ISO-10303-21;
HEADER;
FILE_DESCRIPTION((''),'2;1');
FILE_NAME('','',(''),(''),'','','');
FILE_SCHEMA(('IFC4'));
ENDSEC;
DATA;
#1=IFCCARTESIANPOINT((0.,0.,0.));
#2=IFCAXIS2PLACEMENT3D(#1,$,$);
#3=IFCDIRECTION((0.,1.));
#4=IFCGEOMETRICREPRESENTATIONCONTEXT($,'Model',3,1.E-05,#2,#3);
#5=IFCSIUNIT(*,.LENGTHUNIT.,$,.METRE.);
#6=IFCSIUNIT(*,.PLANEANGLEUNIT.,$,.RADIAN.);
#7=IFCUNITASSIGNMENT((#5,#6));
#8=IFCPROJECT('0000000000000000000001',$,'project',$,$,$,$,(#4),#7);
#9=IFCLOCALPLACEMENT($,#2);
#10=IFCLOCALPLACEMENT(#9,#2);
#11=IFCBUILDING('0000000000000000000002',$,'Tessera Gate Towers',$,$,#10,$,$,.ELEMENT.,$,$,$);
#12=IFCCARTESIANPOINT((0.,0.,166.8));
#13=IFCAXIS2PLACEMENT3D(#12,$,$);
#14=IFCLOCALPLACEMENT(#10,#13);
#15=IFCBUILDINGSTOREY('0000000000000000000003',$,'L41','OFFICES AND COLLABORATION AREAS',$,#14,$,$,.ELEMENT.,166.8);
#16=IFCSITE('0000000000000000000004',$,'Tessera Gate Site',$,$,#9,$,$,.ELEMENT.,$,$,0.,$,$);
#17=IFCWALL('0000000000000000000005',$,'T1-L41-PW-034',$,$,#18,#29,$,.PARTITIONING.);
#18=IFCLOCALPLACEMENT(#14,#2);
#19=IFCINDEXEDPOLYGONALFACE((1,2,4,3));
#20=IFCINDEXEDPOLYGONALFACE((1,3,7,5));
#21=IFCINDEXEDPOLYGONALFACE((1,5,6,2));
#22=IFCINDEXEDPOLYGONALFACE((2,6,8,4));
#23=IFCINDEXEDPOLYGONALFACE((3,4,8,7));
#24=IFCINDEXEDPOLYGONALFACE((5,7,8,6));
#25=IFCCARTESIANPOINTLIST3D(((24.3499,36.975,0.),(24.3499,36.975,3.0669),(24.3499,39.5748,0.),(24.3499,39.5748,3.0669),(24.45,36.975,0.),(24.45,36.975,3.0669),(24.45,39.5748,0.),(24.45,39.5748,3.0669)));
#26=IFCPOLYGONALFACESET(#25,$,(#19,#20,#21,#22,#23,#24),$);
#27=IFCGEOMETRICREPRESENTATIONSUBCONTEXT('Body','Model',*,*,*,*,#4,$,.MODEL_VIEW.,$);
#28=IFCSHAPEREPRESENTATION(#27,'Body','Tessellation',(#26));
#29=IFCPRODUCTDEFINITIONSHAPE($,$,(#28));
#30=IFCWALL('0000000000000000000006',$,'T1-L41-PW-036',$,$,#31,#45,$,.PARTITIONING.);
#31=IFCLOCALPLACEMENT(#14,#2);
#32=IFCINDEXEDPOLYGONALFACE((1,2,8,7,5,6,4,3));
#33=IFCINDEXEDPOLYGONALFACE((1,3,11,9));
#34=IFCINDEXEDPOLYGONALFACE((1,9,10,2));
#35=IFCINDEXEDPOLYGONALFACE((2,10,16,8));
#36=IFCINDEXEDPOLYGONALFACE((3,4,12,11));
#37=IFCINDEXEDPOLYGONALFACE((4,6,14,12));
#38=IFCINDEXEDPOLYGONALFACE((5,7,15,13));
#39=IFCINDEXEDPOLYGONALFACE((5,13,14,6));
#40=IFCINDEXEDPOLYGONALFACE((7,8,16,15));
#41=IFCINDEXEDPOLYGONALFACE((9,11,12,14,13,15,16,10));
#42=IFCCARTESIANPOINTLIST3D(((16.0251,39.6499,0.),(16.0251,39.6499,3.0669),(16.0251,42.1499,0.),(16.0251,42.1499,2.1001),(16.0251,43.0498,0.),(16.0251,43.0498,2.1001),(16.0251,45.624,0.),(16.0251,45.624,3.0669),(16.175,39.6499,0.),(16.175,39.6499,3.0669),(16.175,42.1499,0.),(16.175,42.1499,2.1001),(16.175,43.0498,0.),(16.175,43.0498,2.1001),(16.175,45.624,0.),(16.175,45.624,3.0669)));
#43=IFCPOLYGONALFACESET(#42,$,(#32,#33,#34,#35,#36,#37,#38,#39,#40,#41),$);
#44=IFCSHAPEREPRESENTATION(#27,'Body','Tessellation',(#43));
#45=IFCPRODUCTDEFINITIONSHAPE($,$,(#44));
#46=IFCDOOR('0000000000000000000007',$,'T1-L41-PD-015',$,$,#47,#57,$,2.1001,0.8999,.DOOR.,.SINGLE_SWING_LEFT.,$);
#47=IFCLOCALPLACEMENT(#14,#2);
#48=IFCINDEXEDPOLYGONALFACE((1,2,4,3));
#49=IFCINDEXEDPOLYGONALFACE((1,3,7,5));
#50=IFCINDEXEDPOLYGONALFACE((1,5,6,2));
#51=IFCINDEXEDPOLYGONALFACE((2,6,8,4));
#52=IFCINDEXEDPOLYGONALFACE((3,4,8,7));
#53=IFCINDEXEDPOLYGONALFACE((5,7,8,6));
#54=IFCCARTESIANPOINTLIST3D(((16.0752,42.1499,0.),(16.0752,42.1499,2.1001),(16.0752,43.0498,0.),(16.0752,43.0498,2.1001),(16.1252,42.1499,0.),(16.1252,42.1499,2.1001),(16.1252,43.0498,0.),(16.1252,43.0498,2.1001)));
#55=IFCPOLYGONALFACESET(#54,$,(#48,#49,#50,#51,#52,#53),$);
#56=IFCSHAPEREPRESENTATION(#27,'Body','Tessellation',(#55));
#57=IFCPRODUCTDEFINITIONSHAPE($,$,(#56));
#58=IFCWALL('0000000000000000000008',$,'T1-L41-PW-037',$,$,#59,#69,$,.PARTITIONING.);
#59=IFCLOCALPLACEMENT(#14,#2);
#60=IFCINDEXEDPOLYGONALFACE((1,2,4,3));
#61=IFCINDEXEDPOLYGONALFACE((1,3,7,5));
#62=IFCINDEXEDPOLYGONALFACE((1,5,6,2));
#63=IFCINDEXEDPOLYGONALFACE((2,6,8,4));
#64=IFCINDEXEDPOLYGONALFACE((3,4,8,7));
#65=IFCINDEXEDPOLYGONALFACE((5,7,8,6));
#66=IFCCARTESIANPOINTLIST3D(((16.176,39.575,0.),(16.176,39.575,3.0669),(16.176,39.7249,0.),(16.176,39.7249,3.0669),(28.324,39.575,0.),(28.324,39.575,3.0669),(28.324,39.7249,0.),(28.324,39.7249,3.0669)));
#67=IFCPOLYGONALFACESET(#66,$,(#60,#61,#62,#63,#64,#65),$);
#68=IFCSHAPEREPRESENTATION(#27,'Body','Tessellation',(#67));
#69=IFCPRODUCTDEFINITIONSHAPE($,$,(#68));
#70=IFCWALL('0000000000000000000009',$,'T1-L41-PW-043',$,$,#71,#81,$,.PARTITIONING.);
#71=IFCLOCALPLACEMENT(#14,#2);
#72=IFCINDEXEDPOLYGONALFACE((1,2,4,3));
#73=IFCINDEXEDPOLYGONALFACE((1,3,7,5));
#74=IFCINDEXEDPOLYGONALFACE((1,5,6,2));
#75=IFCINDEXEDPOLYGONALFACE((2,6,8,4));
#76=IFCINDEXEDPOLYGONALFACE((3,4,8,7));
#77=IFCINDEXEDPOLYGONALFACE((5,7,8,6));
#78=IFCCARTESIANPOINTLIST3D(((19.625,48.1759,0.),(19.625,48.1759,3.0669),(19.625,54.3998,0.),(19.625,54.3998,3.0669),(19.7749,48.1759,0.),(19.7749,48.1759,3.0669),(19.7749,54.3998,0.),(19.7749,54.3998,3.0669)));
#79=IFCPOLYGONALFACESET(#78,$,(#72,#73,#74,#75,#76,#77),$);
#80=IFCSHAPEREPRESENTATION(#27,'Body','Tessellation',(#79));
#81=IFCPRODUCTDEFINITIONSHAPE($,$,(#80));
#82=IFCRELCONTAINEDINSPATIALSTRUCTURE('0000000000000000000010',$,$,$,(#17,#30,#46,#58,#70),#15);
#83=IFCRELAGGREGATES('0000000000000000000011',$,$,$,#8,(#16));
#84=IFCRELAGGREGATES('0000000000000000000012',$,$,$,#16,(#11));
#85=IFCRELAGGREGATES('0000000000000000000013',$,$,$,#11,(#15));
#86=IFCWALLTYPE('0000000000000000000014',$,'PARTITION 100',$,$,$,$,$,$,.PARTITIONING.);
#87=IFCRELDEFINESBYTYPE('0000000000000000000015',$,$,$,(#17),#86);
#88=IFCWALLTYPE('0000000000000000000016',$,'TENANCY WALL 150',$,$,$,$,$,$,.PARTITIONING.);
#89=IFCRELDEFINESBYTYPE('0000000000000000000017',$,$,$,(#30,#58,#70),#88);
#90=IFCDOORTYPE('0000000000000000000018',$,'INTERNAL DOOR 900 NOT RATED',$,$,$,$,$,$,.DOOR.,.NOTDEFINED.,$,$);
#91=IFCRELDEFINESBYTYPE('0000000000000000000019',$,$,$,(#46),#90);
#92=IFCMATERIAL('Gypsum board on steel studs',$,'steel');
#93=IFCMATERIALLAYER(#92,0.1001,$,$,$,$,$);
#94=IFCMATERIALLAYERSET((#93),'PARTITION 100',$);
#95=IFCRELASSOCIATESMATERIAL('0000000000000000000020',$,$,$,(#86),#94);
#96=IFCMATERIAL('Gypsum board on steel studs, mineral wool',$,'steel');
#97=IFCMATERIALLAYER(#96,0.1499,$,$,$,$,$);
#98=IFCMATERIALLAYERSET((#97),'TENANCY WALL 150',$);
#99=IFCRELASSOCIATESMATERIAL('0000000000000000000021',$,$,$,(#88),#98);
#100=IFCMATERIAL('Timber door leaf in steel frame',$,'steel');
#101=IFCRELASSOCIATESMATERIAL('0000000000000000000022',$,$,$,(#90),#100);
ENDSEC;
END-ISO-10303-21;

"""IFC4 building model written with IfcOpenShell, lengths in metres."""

from ifc_helpers import new_model, si_unit, direction, frame, frame_2d, origin, place, context, subcontext, project, spatial, rectangle, extrude, source, transform, mapped, material, layer, layer_set, type_object, element, fill, save


model = new_model("IFC4")

# Units and contexts
model_context = context("Model", 3, precision=1e-05, world=origin(), true_north=direction((0.0, 1.0)))
body_context = subcontext(model_context, "Body", "Model", "MODEL_VIEW")
ifc_project = project(units=[si_unit("LENGTHUNIT", "METRE"), si_unit("PLANEANGLEUNIT", "RADIAN")], contexts=[model_context])

# Site, building, storey
site_placement = place(None, origin())
site = spatial("IfcSite", under=ifc_project, at=site_placement, Name="Tessera Gate Site", CompositionType="ELEMENT", RefElevation=0.0)
building_placement = place(site_placement, origin())
building = spatial("IfcBuilding", under=site, at=building_placement, Name="Tessera Gate Towers", CompositionType="ELEMENT")
storey_placement = place(building_placement, frame((0.0, 0.0, 166.8)))
storey = spatial("IfcBuildingStorey", under=building, at=storey_placement, Name="L41", Description="OFFICES AND COLLABORATION AREAS", CompositionType="ELEMENT", Elevation=166.8)

# Shared definitions
shared_shape_1 = source(origin(), body_context, "Body", "SweptSolid", [
    extrude(rectangle(XDim=0.8999, YDim=2.1001, at=frame_2d((0.45, 1.05))), frame((0.0, 0.085, 0.0), z_axis=(0.0, -1.0, 0.0), x_axis=(1.0, 0.0, 0.0)), (0.0, 0.0, 1.0), 0.1699),
])
shared_shape_2 = source(origin(), body_context, "Body", "SweptSolid", [
    extrude(rectangle(XDim=0.8999, YDim=2.1001, at=frame_2d((0.45, 1.05))), frame((0.0, 0.0249, 0.0), z_axis=(0.0, -1.0, 0.0), x_axis=(1.0, 0.0, 0.0)), (0.0, 0.0, 1.0), 0.05),
])

# Wall
ifc_material_1 = material(Name="Gypsum board on steel studs", Category="steel")
ifc_layer_1 = layer(ifc_material_1, 0.1001)
ifc_layer_set_1 = layer_set([ifc_layer_1], Name="PARTITION 100")
wall_type_1 = type_object("IfcWallType", Name="PARTITION 100", PredefinedType="PARTITIONING", material=ifc_layer_set_1)
wall_1_placement = place(storey_placement, frame((24.3999, 36.9751, 0.0), z_axis=(0.0, 0.0, 1.0), x_axis=(0.0, 1.0, 0.0)))
element("IfcWall", 1, at=wall_1_placement, inside=storey, type_object=wall_type_1, Name="T1-L41-PW-034", PredefinedType="PARTITIONING", context=body_context, shape_type="SweptSolid", body=[
    extrude(rectangle(XDim=2.5999, YDim=0.1001, at=frame_2d((1.2998, 0.0))), origin(), (0.0, 0.0, 1.0), 3.0669),
])

# Wall, opening, door
ifc_material_2 = material(Name="Gypsum board on steel studs, mineral wool", Category="steel")
ifc_layer_2 = layer(ifc_material_2, 0.1499)
ifc_layer_set_2 = layer_set([ifc_layer_2], Name="TENANCY WALL 150")
wall_type_2 = type_object("IfcWallType", Name="TENANCY WALL 150", PredefinedType="PARTITIONING", material=ifc_layer_set_2)
wall_2_placement = place(storey_placement, frame((16.1001, 39.6499, 0.0), z_axis=(0.0, 0.0, 1.0), x_axis=(0.0, 1.0, 0.0)))
wall_2 = element("IfcWall", 2, at=wall_2_placement, inside=storey, type_object=wall_type_2, Name="T1-L41-PW-036", PredefinedType="PARTITIONING", context=body_context, shape_type="SweptSolid", body=[
    extrude(rectangle(XDim=5.9741, YDim=0.1499, at=frame_2d((2.9871, 0.0))), origin(), (0.0, 0.0, 1.0), 3.0669),
])
opening_1_placement = place(wall_2_placement, frame((2.5, 0.0, 0.0)))
opening_1 = element("IfcOpeningElement", 3, at=opening_1_placement, cuts=wall_2, PredefinedType="OPENING", context=body_context, shape_type="MappedRepresentation", body=[
    mapped(shared_shape_1, transform((0.0, 0.0, 0.0), scale=1.0)),
])
ifc_material_3 = material(Name="Timber door leaf in steel frame", Category="steel")
door_type_1 = type_object("IfcDoorType", Name="INTERNAL DOOR 900 NOT RATED", OperationType="NOTDEFINED", PredefinedType="DOOR", material=ifc_material_3)
door_1_placement = place(opening_1_placement, origin())
door_1 = element("IfcDoor", 4, at=door_1_placement, inside=storey, type_object=door_type_1, Name="T1-L41-PD-015", OperationType="SINGLE_SWING_LEFT", OverallHeight=2.1001, OverallWidth=0.8999, PredefinedType="DOOR", context=body_context, shape_type="MappedRepresentation", body=[
    mapped(shared_shape_2, transform((0.0, 0.0, 0.0), scale=1.0)),
])
fill(opening_1, door_1)

# Walls
wall_3_placement = place(storey_placement, frame((16.176, 39.6499, 0.0), z_axis=(0.0, 0.0, 1.0), x_axis=(1.0, 0.0, 0.0)))
element("IfcWall", 5, at=wall_3_placement, inside=storey, type_object=wall_type_2, Name="T1-L41-PW-037", PredefinedType="PARTITIONING", context=body_context, shape_type="SweptSolid", body=[
    extrude(rectangle(XDim=12.1479, YDim=0.1499, at=frame_2d((6.074, 0.0))), origin(), (0.0, 0.0, 1.0), 3.0669),
])
wall_4_placement = place(storey_placement, frame((19.7, 48.176, 0.0), z_axis=(0.0, 0.0, 1.0), x_axis=(0.0, 1.0, 0.0)))
element("IfcWall", 6, at=wall_4_placement, inside=storey, type_object=wall_type_2, Name="T1-L41-PW-043", PredefinedType="PARTITIONING", context=body_context, shape_type="SweptSolid", body=[
    extrude(rectangle(XDim=6.2239, YDim=0.1499, at=frame_2d((3.1118, 0.0))), origin(), (0.0, 0.0, 1.0), 3.0669),
])

save(model, "model.ifc")
